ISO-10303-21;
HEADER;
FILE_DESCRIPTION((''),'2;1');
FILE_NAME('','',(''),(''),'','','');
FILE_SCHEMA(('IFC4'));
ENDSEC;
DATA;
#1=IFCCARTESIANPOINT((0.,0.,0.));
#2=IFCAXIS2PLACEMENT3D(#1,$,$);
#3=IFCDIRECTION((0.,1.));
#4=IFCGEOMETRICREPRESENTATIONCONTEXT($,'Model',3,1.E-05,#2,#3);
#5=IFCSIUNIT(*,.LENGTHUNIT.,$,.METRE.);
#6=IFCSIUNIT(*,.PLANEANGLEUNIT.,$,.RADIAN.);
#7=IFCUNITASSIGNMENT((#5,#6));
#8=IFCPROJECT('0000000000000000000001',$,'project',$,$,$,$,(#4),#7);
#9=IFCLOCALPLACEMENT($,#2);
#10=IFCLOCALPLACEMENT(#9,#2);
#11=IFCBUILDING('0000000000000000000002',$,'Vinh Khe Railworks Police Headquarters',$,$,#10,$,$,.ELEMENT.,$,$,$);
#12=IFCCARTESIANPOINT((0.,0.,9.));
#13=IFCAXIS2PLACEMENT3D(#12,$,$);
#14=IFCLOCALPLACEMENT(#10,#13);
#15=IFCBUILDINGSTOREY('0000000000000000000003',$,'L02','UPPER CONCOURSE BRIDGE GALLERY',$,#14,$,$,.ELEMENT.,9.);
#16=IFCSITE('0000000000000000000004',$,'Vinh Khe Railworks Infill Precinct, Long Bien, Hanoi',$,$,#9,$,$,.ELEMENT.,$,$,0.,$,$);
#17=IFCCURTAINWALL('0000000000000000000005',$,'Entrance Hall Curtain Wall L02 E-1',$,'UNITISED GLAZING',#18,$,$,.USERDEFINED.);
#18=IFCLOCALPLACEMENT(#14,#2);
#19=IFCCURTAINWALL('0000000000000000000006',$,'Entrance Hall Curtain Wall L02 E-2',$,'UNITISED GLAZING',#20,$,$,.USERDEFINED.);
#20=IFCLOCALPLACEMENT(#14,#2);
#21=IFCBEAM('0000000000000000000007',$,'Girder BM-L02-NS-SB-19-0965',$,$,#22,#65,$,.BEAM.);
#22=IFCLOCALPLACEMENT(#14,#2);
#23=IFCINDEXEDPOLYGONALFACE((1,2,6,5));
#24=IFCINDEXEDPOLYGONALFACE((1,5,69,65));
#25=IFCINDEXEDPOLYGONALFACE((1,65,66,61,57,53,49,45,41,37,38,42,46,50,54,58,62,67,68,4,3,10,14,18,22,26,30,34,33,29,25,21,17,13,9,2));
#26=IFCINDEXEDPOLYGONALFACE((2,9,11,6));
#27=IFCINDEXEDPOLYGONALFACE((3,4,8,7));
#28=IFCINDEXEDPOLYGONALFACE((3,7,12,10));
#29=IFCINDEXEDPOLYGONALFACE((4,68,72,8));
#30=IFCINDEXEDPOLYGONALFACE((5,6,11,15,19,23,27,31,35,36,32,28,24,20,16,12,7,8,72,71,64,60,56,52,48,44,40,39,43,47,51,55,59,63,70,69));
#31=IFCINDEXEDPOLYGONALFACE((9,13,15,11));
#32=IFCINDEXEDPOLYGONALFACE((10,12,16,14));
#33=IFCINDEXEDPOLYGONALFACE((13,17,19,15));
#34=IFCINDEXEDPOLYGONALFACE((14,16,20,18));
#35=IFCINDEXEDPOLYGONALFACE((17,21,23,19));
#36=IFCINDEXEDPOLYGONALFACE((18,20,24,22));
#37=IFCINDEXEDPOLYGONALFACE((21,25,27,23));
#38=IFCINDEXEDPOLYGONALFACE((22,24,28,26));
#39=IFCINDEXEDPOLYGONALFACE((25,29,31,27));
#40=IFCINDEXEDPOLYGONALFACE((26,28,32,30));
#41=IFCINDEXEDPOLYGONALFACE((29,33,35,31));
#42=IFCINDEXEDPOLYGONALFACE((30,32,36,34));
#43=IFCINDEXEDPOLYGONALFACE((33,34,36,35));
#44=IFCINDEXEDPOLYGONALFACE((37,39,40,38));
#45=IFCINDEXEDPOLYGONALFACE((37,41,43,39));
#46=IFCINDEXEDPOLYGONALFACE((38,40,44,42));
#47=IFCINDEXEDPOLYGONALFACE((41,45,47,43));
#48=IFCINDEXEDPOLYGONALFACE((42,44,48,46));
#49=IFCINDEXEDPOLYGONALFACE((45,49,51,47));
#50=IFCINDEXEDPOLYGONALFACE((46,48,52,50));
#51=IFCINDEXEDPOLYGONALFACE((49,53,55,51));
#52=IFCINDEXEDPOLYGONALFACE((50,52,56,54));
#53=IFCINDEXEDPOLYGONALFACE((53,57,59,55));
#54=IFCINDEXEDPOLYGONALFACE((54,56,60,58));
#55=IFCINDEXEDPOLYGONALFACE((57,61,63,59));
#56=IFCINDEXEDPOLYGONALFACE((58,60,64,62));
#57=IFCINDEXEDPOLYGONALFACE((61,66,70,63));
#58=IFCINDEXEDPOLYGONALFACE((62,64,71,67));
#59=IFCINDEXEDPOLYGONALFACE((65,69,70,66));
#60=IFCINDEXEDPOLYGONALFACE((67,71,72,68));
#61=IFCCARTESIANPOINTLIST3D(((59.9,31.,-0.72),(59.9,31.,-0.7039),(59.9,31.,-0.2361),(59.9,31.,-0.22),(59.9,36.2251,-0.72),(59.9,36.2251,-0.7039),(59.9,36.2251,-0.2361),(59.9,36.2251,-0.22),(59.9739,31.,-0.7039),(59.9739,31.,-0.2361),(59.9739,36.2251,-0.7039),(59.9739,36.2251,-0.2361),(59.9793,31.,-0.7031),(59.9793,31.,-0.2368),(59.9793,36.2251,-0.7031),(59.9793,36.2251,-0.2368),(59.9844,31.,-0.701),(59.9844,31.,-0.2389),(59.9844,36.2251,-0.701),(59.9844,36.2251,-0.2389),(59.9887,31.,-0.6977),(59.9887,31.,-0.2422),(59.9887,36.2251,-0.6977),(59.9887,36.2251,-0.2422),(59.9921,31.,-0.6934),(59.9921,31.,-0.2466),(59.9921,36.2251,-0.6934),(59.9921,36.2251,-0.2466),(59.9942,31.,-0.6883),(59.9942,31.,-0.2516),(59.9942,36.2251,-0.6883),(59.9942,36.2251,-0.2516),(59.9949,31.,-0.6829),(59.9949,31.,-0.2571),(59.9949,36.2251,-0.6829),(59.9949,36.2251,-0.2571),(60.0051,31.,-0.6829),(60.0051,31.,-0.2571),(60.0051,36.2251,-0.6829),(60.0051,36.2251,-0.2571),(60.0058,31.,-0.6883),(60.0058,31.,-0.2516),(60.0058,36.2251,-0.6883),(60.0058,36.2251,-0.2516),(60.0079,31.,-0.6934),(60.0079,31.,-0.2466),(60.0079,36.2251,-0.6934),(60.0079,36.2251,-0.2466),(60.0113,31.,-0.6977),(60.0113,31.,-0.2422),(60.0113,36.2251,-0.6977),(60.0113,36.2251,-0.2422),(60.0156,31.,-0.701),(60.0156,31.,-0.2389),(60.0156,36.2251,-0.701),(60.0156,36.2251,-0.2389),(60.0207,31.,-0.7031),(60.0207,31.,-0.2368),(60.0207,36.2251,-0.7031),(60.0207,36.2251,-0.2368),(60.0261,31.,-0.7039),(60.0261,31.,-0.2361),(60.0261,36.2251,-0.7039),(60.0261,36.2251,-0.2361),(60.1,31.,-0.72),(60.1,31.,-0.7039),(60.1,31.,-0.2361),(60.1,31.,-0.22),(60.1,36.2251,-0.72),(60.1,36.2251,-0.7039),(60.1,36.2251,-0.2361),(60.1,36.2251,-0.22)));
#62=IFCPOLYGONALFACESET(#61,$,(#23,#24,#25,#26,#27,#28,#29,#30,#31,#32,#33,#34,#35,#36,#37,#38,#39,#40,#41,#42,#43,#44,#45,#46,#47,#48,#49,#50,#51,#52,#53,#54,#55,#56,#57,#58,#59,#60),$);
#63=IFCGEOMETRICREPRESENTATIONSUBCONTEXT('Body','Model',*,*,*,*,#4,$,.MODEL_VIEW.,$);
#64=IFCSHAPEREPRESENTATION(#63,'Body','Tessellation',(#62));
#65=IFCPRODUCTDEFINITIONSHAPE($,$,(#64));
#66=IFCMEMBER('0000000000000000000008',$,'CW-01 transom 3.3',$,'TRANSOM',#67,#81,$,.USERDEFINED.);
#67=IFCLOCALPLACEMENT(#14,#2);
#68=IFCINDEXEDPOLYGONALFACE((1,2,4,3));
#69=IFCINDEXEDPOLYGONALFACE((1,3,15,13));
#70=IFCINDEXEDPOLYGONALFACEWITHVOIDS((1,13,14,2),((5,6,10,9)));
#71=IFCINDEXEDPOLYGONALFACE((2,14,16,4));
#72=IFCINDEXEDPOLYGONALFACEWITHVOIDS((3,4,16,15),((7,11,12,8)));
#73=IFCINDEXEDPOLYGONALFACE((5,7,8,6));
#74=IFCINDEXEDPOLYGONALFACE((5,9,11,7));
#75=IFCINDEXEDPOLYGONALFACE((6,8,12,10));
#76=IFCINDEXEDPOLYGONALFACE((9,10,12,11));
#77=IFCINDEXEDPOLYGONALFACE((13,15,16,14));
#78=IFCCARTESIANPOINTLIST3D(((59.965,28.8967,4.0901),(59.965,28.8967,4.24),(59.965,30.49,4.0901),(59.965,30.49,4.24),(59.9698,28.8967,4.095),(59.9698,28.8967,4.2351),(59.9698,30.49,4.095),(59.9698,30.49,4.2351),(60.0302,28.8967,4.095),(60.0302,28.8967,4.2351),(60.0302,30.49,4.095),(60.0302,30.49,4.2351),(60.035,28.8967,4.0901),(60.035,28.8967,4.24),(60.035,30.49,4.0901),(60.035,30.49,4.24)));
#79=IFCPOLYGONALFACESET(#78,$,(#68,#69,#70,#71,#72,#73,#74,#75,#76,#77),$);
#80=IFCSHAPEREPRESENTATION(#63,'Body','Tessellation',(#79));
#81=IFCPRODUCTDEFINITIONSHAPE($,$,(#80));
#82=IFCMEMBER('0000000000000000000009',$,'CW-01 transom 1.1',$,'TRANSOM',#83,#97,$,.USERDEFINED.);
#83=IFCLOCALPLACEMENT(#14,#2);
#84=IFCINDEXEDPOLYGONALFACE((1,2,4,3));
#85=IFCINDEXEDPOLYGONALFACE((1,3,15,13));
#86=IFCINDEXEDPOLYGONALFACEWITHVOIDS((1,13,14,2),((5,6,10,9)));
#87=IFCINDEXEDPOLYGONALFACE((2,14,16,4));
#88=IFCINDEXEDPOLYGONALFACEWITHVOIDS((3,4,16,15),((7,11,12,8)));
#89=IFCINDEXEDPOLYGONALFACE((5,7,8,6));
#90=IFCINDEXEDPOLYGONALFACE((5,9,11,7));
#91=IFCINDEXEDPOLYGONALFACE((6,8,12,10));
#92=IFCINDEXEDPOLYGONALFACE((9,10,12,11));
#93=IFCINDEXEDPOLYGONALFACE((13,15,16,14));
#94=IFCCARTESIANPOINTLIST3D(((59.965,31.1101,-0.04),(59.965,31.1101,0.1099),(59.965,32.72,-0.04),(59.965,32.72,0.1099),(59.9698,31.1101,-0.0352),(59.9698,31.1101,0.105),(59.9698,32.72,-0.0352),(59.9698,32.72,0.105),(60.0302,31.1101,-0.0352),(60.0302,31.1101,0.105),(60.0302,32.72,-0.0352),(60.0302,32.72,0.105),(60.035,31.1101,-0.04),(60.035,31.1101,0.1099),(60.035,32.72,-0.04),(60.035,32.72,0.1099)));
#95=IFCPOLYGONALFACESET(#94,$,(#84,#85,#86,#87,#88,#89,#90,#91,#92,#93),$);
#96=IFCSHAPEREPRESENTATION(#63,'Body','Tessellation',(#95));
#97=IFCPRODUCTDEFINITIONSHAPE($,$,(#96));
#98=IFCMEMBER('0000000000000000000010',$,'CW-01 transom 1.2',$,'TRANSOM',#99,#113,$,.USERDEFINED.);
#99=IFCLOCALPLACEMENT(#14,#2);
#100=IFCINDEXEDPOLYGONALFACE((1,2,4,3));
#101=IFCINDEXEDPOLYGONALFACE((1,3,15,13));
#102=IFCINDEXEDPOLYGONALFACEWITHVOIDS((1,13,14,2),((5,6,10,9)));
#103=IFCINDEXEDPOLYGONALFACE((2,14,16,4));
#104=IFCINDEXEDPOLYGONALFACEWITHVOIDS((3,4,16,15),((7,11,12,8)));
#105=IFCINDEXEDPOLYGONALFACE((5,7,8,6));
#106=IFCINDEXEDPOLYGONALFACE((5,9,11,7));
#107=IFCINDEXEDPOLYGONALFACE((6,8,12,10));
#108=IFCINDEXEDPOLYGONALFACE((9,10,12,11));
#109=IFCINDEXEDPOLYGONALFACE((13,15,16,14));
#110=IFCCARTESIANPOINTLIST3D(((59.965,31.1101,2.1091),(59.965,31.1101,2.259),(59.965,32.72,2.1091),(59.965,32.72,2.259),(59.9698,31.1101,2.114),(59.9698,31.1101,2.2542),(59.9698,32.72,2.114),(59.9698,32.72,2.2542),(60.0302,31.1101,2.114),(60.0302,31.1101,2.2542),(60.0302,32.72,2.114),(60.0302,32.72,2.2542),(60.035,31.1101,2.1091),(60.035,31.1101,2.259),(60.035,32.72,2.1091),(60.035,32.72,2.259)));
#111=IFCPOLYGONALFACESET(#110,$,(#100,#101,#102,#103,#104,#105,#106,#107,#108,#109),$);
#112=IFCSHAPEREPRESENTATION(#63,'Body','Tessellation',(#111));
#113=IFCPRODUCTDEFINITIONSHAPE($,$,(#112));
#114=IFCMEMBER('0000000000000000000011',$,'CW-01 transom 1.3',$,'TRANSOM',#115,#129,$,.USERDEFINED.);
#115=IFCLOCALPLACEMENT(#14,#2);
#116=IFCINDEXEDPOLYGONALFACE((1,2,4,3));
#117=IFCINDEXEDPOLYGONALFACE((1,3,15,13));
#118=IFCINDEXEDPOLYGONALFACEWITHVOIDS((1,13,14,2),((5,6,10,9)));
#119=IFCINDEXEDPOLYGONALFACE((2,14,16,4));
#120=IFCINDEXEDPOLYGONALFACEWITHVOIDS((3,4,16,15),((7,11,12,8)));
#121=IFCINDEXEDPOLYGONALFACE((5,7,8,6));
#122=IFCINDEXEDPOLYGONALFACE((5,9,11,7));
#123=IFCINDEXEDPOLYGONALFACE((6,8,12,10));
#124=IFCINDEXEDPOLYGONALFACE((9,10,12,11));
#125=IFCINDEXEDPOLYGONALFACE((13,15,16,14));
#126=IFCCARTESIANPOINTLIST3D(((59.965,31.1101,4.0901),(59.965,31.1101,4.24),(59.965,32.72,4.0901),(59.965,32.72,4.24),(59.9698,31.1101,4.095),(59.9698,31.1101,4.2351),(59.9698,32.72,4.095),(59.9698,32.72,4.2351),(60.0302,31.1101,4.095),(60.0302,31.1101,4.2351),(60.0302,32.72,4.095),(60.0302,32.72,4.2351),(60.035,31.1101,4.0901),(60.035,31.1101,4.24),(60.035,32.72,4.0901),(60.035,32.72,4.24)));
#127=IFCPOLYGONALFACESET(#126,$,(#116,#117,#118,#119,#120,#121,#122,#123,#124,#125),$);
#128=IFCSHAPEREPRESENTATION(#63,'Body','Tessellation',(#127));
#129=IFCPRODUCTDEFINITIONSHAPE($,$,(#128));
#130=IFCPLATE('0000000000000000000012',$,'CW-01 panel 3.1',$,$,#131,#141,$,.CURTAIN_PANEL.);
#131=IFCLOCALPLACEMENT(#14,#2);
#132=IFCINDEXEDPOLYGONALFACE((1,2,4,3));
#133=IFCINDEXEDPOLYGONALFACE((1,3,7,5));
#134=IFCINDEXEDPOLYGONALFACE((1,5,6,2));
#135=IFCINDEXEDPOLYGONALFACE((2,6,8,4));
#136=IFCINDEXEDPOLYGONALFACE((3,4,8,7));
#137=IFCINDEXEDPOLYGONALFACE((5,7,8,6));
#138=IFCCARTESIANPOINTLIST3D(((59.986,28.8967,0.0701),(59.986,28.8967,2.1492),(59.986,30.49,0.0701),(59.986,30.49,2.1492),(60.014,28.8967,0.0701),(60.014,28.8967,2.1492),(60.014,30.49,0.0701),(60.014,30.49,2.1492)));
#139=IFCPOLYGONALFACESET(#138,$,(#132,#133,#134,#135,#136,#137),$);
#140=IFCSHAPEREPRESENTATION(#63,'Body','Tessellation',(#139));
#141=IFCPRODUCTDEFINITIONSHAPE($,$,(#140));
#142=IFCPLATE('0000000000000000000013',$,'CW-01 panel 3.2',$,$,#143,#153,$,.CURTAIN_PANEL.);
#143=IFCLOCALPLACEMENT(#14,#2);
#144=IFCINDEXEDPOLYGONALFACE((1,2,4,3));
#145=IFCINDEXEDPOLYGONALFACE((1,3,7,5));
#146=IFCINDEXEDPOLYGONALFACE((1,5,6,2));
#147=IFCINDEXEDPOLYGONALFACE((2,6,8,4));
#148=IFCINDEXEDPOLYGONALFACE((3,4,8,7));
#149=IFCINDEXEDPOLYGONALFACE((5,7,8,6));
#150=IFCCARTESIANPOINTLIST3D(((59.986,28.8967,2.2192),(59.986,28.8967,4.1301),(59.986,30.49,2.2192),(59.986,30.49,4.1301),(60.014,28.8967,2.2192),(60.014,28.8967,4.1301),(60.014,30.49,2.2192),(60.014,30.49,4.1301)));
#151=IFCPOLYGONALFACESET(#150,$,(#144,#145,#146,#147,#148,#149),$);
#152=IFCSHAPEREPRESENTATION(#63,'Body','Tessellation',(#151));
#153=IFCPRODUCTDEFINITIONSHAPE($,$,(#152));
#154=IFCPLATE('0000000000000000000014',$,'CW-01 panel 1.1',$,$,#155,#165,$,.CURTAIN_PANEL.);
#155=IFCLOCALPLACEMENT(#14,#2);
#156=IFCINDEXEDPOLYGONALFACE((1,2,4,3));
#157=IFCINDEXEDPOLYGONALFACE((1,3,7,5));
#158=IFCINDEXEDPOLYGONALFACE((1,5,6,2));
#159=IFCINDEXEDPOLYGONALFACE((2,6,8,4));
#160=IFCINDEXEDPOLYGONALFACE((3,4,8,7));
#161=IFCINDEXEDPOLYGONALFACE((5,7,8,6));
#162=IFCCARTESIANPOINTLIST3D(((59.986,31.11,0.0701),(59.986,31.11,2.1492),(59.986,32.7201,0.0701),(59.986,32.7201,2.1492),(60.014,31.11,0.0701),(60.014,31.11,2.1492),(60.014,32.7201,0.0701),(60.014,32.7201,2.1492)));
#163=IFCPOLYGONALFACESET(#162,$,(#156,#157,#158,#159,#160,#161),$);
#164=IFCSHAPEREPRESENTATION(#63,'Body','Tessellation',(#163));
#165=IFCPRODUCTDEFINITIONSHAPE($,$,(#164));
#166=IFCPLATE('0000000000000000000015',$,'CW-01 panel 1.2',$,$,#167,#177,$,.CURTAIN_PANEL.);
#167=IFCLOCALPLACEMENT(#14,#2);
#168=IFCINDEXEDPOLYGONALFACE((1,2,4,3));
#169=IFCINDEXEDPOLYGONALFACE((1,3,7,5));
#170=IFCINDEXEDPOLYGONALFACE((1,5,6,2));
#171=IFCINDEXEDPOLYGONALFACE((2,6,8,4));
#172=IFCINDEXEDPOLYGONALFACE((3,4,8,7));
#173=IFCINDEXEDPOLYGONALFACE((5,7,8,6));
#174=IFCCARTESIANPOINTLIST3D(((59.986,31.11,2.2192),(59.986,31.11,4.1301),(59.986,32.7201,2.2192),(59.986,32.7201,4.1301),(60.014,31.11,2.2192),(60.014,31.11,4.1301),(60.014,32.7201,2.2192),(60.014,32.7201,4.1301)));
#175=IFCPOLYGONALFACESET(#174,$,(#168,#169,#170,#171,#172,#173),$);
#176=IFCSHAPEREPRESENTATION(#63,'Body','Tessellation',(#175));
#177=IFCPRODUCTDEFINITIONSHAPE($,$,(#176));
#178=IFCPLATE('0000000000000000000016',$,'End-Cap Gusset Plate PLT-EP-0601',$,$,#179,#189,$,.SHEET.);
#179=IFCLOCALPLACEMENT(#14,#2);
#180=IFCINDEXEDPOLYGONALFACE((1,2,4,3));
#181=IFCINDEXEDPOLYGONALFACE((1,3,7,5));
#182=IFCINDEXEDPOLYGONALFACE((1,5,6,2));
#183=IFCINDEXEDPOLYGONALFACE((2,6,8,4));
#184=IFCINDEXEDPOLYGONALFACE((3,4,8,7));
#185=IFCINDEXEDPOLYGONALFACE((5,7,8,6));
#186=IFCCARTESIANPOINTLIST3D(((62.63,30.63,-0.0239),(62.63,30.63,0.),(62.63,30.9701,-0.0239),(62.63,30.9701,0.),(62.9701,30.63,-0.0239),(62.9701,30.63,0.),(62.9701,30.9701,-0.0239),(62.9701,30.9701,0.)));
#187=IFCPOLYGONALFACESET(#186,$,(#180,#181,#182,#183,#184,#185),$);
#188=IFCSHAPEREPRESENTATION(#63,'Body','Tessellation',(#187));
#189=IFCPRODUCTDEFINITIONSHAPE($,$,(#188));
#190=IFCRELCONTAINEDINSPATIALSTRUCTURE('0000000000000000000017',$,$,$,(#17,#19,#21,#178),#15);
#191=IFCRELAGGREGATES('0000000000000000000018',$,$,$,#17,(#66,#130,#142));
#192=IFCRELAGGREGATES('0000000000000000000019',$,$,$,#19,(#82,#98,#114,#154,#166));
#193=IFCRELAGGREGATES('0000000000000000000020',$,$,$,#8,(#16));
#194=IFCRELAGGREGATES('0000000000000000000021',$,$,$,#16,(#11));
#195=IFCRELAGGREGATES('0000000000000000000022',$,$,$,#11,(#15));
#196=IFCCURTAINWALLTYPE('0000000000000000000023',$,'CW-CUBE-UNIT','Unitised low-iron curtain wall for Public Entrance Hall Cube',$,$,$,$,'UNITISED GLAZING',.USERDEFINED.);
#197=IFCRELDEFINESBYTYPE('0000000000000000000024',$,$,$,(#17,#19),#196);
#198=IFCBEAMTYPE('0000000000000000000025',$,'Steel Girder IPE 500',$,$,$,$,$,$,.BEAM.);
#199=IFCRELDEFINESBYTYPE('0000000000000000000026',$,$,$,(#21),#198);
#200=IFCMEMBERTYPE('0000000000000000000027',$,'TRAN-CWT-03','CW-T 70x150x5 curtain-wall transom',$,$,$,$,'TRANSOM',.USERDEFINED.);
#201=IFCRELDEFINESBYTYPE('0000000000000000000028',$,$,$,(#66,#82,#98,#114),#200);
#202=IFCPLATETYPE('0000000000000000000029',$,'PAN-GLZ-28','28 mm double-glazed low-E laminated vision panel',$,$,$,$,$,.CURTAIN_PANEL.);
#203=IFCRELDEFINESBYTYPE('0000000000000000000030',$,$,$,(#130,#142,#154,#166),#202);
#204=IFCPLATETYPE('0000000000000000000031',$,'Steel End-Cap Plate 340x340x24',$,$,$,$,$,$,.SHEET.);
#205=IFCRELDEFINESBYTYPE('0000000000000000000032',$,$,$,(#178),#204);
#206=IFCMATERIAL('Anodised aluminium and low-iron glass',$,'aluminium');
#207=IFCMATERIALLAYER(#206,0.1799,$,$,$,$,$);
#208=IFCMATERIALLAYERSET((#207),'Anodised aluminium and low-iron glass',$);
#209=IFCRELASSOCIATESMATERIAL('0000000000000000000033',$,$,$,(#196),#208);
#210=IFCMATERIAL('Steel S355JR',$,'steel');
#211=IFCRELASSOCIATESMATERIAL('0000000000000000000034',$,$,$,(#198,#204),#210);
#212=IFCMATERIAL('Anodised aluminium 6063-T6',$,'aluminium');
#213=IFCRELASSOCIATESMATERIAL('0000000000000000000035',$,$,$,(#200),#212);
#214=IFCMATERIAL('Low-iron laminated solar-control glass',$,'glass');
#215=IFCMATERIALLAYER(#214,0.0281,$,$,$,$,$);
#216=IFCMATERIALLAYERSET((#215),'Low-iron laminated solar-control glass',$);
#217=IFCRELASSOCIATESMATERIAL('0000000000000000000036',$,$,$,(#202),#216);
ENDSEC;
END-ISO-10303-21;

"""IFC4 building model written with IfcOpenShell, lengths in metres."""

from ifc_helpers import new_model, si_unit, direction, frame, origin, origin_2d, place, context, subcontext, project, spatial, rectangle, hollow_rectangle, i_section, extrude, material, layer, layer_set, material_profile, profile_set, type_object, element, aggregate, save


model = new_model("IFC4")

# Units and contexts
model_context = context("Model", 3, precision=1e-05, world=origin(), true_north=direction((0.0, 1.0)))
body_context = subcontext(model_context, "Body", "Model", "MODEL_VIEW")
ifc_project = project(units=[si_unit("LENGTHUNIT", "METRE"), si_unit("PLANEANGLEUNIT", "RADIAN")], contexts=[model_context])

# Site, building, storey
site_placement = place(None, origin())
site = spatial("IfcSite", under=ifc_project, at=site_placement, Name="Vinh Khe Railworks Infill Precinct, Long Bien, Hanoi", CompositionType="ELEMENT", RefElevation=0.0)
building_placement = place(site_placement, origin())
building = spatial("IfcBuilding", under=site, at=building_placement, Name="Vinh Khe Railworks Police Headquarters", CompositionType="ELEMENT")
storey_placement = place(building_placement, frame((0.0, 0.0, 9.0)))
storey = spatial("IfcBuildingStorey", under=building, at=storey_placement, Name="L02", Description="UPPER CONCOURSE BRIDGE GALLERY", CompositionType="ELEMENT", Elevation=9.0)

# Shared definitions
ifc_material_1 = material(Name="Steel S355JR", Category="steel")

# Curtain walls
ifc_material_2 = material(Name="Anodised aluminium and low-iron glass", Category="aluminium")
ifc_layer_1 = layer(ifc_material_2, 0.1799)
ifc_layer_set_1 = layer_set([ifc_layer_1], Name="Anodised aluminium and low-iron glass")
curtain_wall_type = type_object("IfcCurtainWallType", Name="CW-CUBE-UNIT", Description="Unitised low-iron curtain wall for Public Entrance Hall Cube", ElementType="UNITISED GLAZING", PredefinedType="USERDEFINED", material=ifc_layer_set_1)
curtain_wall_1_placement = place(storey_placement, origin())
curtain_wall_1 = element("IfcCurtainWall", 1, at=curtain_wall_1_placement, inside=storey, type_object=curtain_wall_type, Name="Entrance Hall Curtain Wall L02 E-1", ObjectType="UNITISED GLAZING", PredefinedType="USERDEFINED")
ifc_material_3 = material(Name="Anodised aluminium 6063-T6", Category="aluminium")
curtain_wall_2_placement = place(storey_placement, origin())
curtain_wall_2 = element("IfcCurtainWall", 2, at=curtain_wall_2_placement, inside=storey, type_object=curtain_wall_type, Name="Entrance Hall Curtain Wall L02 E-2", ObjectType="UNITISED GLAZING", PredefinedType="USERDEFINED")

# Beam
ifc_material_profile_1 = material_profile(ifc_material_1, i_section(OverallWidth=0.2, OverallDepth=0.5, WebThickness=0.0103, FlangeThickness=0.0161, FilletRadius=0.021, at=origin_2d()), Name="IPE 500")
ifc_profile_set_1 = profile_set([ifc_material_profile_1], Name="Steel S355JR")
beam_type = type_object("IfcBeamType", Name="Steel Girder IPE 500", PredefinedType="BEAM", material=ifc_profile_set_1)
beam_placement = place(storey_placement, frame((60.0, 31.0, -0.47), z_axis=(0.0, 1.0, 0.0), x_axis=(-1.0, 0.0, 0.0)))
element("IfcBeam", 3, at=beam_placement, inside=storey, type_object=beam_type, Name="Girder BM-L02-NS-SB-19-0965", PredefinedType="BEAM", context=body_context, shape_type="SweptSolid", body=[
    extrude(i_section(OverallWidth=0.2, OverallDepth=0.5, WebThickness=0.0103, FlangeThickness=0.0161, FilletRadius=0.021, at=origin_2d()), origin(), (0.0, 0.0, 1.0), 5.2251),
])

# Members
ifc_material_profile_2 = material_profile(ifc_material_3, hollow_rectangle(XDim=0.0701, YDim=0.1499, WallThickness=0.0049, at=origin_2d()), Name="CW-T 70x150x5")
ifc_profile_set_2 = profile_set([ifc_material_profile_2], Name="Anodised aluminium 6063-T6")
member_type_1 = type_object("IfcMemberType", Name="TRAN-CWT-03", Description="CW-T 70x150x5 curtain-wall transom", ElementType="TRANSOM", PredefinedType="USERDEFINED", material=ifc_profile_set_2)
member_1_placement = place(storey_placement, frame((60.0, 28.8967, 4.165), z_axis=(0.0, 1.0, 0.0), x_axis=(-1.0, 0.0, 0.0)))
member_1 = element("IfcMember", 4, at=member_1_placement, type_object=member_type_1, Name="CW-01 transom 3.3", ObjectType="TRANSOM", PredefinedType="USERDEFINED", context=body_context, shape_type="SweptSolid", body=[
    extrude(hollow_rectangle(XDim=0.0701, YDim=0.1499, WallThickness=0.0049, at=origin_2d()), origin(), (0.0, 0.0, 1.0), 1.5933),
])
member_2_placement = place(storey_placement, frame((60.0, 31.1101, 0.0349), z_axis=(0.0, 1.0, 0.0), x_axis=(-1.0, 0.0, 0.0)))
member_2 = element("IfcMember", 5, at=member_2_placement, type_object=member_type_1, Name="CW-01 transom 1.1", ObjectType="TRANSOM", PredefinedType="USERDEFINED", context=body_context, shape_type="SweptSolid", body=[
    extrude(hollow_rectangle(XDim=0.0701, YDim=0.1499, WallThickness=0.0049, at=origin_2d()), origin(), (0.0, 0.0, 1.0), 1.6099),
])
member_3_placement = place(storey_placement, frame((60.0, 31.1101, 2.1841), z_axis=(0.0, 1.0, 0.0), x_axis=(-1.0, 0.0, 0.0)))
member_3 = element("IfcMember", 6, at=member_3_placement, type_object=member_type_1, Name="CW-01 transom 1.2", ObjectType="TRANSOM", PredefinedType="USERDEFINED", context=body_context, shape_type="SweptSolid", body=[
    extrude(hollow_rectangle(XDim=0.0701, YDim=0.1499, WallThickness=0.0049, at=origin_2d()), origin(), (0.0, 0.0, 1.0), 1.6099),
])
member_4_placement = place(storey_placement, frame((60.0, 31.1101, 4.165), z_axis=(0.0, 1.0, 0.0), x_axis=(-1.0, 0.0, 0.0)))
member_4 = element("IfcMember", 7, at=member_4_placement, type_object=member_type_1, Name="CW-01 transom 1.3", ObjectType="TRANSOM", PredefinedType="USERDEFINED", context=body_context, shape_type="SweptSolid", body=[
    extrude(hollow_rectangle(XDim=0.0701, YDim=0.1499, WallThickness=0.0049, at=origin_2d()), origin(), (0.0, 0.0, 1.0), 1.6099),
])

# Plates
ifc_material_4 = material(Name="Low-iron laminated solar-control glass", Category="glass")
ifc_layer_2 = layer(ifc_material_4, 0.0281)
ifc_layer_set_2 = layer_set([ifc_layer_2], Name="Low-iron laminated solar-control glass")
plate_type_1 = type_object("IfcPlateType", Name="PAN-GLZ-28", Description="28 mm double-glazed low-E laminated vision panel", PredefinedType="CURTAIN_PANEL", material=ifc_layer_set_2)
plate_1_placement = place(storey_placement, frame((60.0, 29.6934, 0.0701), z_axis=(0.0, 0.0, 1.0), x_axis=(0.0, 1.0, 0.0)))
plate_1 = element("IfcPlate", 8, at=plate_1_placement, type_object=plate_type_1, Name="CW-01 panel 3.1", PredefinedType="CURTAIN_PANEL", context=body_context, shape_type="SweptSolid", body=[
    extrude(rectangle(XDim=1.5933, YDim=0.0281, at=origin_2d()), origin(), (0.0, 0.0, 1.0), 2.0791),
])
plate_2_placement = place(storey_placement, frame((60.0, 29.6934, 2.2192), z_axis=(0.0, 0.0, 1.0), x_axis=(0.0, 1.0, 0.0)))
plate_2 = element("IfcPlate", 9, at=plate_2_placement, type_object=plate_type_1, Name="CW-01 panel 3.2", PredefinedType="CURTAIN_PANEL", context=body_context, shape_type="SweptSolid", body=[
    extrude(rectangle(XDim=1.5933, YDim=0.0281, at=origin_2d()), origin(), (0.0, 0.0, 1.0), 1.9109),
])
aggregate(curtain_wall_1, [member_1, plate_1, plate_2])
plate_3_placement = place(storey_placement, frame((60.0, 31.915, 0.0701), z_axis=(0.0, 0.0, 1.0), x_axis=(0.0, 1.0, 0.0)))
plate_3 = element("IfcPlate", 10, at=plate_3_placement, type_object=plate_type_1, Name="CW-01 panel 1.1", PredefinedType="CURTAIN_PANEL", context=body_context, shape_type="SweptSolid", body=[
    extrude(rectangle(XDim=1.6101, YDim=0.0281, at=origin_2d()), origin(), (0.0, 0.0, 1.0), 2.0791),
])
plate_4_placement = place(storey_placement, frame((60.0, 31.915, 2.2192), z_axis=(0.0, 0.0, 1.0), x_axis=(0.0, 1.0, 0.0)))
plate_4 = element("IfcPlate", 11, at=plate_4_placement, type_object=plate_type_1, Name="CW-01 panel 1.2", PredefinedType="CURTAIN_PANEL", context=body_context, shape_type="SweptSolid", body=[
    extrude(rectangle(XDim=1.6101, YDim=0.0281, at=origin_2d()), origin(), (0.0, 0.0, 1.0), 1.9109),
])
aggregate(curtain_wall_2, [member_2, member_3, member_4, plate_3, plate_4])

# Plate
ifc_material_profile_3 = material_profile(ifc_material_1, rectangle(XDim=0.3401, YDim=0.3401, at=origin_2d()), Name="PL 340x340")
ifc_profile_set_3 = profile_set([ifc_material_profile_3], Name="Steel S355JR")
plate_type_2 = type_object("IfcPlateType", Name="Steel End-Cap Plate 340x340x24", PredefinedType="SHEET", material=ifc_profile_set_3)
plate_5_placement = place(storey_placement, frame((62.8, 30.8, 0.0), z_axis=(0.0, 0.0, -1.0), x_axis=(1.0, 0.0, 0.0)))
element("IfcPlate", 12, at=plate_5_placement, inside=storey, type_object=plate_type_2, Name="End-Cap Gusset Plate PLT-EP-0601", PredefinedType="SHEET", context=body_context, shape_type="SweptSolid", body=[
    extrude(rectangle(XDim=0.3401, YDim=0.3401, at=origin_2d()), origin(), (0.0, 0.0, 1.0), 0.0239),
])

save(model, "model.ifc")
